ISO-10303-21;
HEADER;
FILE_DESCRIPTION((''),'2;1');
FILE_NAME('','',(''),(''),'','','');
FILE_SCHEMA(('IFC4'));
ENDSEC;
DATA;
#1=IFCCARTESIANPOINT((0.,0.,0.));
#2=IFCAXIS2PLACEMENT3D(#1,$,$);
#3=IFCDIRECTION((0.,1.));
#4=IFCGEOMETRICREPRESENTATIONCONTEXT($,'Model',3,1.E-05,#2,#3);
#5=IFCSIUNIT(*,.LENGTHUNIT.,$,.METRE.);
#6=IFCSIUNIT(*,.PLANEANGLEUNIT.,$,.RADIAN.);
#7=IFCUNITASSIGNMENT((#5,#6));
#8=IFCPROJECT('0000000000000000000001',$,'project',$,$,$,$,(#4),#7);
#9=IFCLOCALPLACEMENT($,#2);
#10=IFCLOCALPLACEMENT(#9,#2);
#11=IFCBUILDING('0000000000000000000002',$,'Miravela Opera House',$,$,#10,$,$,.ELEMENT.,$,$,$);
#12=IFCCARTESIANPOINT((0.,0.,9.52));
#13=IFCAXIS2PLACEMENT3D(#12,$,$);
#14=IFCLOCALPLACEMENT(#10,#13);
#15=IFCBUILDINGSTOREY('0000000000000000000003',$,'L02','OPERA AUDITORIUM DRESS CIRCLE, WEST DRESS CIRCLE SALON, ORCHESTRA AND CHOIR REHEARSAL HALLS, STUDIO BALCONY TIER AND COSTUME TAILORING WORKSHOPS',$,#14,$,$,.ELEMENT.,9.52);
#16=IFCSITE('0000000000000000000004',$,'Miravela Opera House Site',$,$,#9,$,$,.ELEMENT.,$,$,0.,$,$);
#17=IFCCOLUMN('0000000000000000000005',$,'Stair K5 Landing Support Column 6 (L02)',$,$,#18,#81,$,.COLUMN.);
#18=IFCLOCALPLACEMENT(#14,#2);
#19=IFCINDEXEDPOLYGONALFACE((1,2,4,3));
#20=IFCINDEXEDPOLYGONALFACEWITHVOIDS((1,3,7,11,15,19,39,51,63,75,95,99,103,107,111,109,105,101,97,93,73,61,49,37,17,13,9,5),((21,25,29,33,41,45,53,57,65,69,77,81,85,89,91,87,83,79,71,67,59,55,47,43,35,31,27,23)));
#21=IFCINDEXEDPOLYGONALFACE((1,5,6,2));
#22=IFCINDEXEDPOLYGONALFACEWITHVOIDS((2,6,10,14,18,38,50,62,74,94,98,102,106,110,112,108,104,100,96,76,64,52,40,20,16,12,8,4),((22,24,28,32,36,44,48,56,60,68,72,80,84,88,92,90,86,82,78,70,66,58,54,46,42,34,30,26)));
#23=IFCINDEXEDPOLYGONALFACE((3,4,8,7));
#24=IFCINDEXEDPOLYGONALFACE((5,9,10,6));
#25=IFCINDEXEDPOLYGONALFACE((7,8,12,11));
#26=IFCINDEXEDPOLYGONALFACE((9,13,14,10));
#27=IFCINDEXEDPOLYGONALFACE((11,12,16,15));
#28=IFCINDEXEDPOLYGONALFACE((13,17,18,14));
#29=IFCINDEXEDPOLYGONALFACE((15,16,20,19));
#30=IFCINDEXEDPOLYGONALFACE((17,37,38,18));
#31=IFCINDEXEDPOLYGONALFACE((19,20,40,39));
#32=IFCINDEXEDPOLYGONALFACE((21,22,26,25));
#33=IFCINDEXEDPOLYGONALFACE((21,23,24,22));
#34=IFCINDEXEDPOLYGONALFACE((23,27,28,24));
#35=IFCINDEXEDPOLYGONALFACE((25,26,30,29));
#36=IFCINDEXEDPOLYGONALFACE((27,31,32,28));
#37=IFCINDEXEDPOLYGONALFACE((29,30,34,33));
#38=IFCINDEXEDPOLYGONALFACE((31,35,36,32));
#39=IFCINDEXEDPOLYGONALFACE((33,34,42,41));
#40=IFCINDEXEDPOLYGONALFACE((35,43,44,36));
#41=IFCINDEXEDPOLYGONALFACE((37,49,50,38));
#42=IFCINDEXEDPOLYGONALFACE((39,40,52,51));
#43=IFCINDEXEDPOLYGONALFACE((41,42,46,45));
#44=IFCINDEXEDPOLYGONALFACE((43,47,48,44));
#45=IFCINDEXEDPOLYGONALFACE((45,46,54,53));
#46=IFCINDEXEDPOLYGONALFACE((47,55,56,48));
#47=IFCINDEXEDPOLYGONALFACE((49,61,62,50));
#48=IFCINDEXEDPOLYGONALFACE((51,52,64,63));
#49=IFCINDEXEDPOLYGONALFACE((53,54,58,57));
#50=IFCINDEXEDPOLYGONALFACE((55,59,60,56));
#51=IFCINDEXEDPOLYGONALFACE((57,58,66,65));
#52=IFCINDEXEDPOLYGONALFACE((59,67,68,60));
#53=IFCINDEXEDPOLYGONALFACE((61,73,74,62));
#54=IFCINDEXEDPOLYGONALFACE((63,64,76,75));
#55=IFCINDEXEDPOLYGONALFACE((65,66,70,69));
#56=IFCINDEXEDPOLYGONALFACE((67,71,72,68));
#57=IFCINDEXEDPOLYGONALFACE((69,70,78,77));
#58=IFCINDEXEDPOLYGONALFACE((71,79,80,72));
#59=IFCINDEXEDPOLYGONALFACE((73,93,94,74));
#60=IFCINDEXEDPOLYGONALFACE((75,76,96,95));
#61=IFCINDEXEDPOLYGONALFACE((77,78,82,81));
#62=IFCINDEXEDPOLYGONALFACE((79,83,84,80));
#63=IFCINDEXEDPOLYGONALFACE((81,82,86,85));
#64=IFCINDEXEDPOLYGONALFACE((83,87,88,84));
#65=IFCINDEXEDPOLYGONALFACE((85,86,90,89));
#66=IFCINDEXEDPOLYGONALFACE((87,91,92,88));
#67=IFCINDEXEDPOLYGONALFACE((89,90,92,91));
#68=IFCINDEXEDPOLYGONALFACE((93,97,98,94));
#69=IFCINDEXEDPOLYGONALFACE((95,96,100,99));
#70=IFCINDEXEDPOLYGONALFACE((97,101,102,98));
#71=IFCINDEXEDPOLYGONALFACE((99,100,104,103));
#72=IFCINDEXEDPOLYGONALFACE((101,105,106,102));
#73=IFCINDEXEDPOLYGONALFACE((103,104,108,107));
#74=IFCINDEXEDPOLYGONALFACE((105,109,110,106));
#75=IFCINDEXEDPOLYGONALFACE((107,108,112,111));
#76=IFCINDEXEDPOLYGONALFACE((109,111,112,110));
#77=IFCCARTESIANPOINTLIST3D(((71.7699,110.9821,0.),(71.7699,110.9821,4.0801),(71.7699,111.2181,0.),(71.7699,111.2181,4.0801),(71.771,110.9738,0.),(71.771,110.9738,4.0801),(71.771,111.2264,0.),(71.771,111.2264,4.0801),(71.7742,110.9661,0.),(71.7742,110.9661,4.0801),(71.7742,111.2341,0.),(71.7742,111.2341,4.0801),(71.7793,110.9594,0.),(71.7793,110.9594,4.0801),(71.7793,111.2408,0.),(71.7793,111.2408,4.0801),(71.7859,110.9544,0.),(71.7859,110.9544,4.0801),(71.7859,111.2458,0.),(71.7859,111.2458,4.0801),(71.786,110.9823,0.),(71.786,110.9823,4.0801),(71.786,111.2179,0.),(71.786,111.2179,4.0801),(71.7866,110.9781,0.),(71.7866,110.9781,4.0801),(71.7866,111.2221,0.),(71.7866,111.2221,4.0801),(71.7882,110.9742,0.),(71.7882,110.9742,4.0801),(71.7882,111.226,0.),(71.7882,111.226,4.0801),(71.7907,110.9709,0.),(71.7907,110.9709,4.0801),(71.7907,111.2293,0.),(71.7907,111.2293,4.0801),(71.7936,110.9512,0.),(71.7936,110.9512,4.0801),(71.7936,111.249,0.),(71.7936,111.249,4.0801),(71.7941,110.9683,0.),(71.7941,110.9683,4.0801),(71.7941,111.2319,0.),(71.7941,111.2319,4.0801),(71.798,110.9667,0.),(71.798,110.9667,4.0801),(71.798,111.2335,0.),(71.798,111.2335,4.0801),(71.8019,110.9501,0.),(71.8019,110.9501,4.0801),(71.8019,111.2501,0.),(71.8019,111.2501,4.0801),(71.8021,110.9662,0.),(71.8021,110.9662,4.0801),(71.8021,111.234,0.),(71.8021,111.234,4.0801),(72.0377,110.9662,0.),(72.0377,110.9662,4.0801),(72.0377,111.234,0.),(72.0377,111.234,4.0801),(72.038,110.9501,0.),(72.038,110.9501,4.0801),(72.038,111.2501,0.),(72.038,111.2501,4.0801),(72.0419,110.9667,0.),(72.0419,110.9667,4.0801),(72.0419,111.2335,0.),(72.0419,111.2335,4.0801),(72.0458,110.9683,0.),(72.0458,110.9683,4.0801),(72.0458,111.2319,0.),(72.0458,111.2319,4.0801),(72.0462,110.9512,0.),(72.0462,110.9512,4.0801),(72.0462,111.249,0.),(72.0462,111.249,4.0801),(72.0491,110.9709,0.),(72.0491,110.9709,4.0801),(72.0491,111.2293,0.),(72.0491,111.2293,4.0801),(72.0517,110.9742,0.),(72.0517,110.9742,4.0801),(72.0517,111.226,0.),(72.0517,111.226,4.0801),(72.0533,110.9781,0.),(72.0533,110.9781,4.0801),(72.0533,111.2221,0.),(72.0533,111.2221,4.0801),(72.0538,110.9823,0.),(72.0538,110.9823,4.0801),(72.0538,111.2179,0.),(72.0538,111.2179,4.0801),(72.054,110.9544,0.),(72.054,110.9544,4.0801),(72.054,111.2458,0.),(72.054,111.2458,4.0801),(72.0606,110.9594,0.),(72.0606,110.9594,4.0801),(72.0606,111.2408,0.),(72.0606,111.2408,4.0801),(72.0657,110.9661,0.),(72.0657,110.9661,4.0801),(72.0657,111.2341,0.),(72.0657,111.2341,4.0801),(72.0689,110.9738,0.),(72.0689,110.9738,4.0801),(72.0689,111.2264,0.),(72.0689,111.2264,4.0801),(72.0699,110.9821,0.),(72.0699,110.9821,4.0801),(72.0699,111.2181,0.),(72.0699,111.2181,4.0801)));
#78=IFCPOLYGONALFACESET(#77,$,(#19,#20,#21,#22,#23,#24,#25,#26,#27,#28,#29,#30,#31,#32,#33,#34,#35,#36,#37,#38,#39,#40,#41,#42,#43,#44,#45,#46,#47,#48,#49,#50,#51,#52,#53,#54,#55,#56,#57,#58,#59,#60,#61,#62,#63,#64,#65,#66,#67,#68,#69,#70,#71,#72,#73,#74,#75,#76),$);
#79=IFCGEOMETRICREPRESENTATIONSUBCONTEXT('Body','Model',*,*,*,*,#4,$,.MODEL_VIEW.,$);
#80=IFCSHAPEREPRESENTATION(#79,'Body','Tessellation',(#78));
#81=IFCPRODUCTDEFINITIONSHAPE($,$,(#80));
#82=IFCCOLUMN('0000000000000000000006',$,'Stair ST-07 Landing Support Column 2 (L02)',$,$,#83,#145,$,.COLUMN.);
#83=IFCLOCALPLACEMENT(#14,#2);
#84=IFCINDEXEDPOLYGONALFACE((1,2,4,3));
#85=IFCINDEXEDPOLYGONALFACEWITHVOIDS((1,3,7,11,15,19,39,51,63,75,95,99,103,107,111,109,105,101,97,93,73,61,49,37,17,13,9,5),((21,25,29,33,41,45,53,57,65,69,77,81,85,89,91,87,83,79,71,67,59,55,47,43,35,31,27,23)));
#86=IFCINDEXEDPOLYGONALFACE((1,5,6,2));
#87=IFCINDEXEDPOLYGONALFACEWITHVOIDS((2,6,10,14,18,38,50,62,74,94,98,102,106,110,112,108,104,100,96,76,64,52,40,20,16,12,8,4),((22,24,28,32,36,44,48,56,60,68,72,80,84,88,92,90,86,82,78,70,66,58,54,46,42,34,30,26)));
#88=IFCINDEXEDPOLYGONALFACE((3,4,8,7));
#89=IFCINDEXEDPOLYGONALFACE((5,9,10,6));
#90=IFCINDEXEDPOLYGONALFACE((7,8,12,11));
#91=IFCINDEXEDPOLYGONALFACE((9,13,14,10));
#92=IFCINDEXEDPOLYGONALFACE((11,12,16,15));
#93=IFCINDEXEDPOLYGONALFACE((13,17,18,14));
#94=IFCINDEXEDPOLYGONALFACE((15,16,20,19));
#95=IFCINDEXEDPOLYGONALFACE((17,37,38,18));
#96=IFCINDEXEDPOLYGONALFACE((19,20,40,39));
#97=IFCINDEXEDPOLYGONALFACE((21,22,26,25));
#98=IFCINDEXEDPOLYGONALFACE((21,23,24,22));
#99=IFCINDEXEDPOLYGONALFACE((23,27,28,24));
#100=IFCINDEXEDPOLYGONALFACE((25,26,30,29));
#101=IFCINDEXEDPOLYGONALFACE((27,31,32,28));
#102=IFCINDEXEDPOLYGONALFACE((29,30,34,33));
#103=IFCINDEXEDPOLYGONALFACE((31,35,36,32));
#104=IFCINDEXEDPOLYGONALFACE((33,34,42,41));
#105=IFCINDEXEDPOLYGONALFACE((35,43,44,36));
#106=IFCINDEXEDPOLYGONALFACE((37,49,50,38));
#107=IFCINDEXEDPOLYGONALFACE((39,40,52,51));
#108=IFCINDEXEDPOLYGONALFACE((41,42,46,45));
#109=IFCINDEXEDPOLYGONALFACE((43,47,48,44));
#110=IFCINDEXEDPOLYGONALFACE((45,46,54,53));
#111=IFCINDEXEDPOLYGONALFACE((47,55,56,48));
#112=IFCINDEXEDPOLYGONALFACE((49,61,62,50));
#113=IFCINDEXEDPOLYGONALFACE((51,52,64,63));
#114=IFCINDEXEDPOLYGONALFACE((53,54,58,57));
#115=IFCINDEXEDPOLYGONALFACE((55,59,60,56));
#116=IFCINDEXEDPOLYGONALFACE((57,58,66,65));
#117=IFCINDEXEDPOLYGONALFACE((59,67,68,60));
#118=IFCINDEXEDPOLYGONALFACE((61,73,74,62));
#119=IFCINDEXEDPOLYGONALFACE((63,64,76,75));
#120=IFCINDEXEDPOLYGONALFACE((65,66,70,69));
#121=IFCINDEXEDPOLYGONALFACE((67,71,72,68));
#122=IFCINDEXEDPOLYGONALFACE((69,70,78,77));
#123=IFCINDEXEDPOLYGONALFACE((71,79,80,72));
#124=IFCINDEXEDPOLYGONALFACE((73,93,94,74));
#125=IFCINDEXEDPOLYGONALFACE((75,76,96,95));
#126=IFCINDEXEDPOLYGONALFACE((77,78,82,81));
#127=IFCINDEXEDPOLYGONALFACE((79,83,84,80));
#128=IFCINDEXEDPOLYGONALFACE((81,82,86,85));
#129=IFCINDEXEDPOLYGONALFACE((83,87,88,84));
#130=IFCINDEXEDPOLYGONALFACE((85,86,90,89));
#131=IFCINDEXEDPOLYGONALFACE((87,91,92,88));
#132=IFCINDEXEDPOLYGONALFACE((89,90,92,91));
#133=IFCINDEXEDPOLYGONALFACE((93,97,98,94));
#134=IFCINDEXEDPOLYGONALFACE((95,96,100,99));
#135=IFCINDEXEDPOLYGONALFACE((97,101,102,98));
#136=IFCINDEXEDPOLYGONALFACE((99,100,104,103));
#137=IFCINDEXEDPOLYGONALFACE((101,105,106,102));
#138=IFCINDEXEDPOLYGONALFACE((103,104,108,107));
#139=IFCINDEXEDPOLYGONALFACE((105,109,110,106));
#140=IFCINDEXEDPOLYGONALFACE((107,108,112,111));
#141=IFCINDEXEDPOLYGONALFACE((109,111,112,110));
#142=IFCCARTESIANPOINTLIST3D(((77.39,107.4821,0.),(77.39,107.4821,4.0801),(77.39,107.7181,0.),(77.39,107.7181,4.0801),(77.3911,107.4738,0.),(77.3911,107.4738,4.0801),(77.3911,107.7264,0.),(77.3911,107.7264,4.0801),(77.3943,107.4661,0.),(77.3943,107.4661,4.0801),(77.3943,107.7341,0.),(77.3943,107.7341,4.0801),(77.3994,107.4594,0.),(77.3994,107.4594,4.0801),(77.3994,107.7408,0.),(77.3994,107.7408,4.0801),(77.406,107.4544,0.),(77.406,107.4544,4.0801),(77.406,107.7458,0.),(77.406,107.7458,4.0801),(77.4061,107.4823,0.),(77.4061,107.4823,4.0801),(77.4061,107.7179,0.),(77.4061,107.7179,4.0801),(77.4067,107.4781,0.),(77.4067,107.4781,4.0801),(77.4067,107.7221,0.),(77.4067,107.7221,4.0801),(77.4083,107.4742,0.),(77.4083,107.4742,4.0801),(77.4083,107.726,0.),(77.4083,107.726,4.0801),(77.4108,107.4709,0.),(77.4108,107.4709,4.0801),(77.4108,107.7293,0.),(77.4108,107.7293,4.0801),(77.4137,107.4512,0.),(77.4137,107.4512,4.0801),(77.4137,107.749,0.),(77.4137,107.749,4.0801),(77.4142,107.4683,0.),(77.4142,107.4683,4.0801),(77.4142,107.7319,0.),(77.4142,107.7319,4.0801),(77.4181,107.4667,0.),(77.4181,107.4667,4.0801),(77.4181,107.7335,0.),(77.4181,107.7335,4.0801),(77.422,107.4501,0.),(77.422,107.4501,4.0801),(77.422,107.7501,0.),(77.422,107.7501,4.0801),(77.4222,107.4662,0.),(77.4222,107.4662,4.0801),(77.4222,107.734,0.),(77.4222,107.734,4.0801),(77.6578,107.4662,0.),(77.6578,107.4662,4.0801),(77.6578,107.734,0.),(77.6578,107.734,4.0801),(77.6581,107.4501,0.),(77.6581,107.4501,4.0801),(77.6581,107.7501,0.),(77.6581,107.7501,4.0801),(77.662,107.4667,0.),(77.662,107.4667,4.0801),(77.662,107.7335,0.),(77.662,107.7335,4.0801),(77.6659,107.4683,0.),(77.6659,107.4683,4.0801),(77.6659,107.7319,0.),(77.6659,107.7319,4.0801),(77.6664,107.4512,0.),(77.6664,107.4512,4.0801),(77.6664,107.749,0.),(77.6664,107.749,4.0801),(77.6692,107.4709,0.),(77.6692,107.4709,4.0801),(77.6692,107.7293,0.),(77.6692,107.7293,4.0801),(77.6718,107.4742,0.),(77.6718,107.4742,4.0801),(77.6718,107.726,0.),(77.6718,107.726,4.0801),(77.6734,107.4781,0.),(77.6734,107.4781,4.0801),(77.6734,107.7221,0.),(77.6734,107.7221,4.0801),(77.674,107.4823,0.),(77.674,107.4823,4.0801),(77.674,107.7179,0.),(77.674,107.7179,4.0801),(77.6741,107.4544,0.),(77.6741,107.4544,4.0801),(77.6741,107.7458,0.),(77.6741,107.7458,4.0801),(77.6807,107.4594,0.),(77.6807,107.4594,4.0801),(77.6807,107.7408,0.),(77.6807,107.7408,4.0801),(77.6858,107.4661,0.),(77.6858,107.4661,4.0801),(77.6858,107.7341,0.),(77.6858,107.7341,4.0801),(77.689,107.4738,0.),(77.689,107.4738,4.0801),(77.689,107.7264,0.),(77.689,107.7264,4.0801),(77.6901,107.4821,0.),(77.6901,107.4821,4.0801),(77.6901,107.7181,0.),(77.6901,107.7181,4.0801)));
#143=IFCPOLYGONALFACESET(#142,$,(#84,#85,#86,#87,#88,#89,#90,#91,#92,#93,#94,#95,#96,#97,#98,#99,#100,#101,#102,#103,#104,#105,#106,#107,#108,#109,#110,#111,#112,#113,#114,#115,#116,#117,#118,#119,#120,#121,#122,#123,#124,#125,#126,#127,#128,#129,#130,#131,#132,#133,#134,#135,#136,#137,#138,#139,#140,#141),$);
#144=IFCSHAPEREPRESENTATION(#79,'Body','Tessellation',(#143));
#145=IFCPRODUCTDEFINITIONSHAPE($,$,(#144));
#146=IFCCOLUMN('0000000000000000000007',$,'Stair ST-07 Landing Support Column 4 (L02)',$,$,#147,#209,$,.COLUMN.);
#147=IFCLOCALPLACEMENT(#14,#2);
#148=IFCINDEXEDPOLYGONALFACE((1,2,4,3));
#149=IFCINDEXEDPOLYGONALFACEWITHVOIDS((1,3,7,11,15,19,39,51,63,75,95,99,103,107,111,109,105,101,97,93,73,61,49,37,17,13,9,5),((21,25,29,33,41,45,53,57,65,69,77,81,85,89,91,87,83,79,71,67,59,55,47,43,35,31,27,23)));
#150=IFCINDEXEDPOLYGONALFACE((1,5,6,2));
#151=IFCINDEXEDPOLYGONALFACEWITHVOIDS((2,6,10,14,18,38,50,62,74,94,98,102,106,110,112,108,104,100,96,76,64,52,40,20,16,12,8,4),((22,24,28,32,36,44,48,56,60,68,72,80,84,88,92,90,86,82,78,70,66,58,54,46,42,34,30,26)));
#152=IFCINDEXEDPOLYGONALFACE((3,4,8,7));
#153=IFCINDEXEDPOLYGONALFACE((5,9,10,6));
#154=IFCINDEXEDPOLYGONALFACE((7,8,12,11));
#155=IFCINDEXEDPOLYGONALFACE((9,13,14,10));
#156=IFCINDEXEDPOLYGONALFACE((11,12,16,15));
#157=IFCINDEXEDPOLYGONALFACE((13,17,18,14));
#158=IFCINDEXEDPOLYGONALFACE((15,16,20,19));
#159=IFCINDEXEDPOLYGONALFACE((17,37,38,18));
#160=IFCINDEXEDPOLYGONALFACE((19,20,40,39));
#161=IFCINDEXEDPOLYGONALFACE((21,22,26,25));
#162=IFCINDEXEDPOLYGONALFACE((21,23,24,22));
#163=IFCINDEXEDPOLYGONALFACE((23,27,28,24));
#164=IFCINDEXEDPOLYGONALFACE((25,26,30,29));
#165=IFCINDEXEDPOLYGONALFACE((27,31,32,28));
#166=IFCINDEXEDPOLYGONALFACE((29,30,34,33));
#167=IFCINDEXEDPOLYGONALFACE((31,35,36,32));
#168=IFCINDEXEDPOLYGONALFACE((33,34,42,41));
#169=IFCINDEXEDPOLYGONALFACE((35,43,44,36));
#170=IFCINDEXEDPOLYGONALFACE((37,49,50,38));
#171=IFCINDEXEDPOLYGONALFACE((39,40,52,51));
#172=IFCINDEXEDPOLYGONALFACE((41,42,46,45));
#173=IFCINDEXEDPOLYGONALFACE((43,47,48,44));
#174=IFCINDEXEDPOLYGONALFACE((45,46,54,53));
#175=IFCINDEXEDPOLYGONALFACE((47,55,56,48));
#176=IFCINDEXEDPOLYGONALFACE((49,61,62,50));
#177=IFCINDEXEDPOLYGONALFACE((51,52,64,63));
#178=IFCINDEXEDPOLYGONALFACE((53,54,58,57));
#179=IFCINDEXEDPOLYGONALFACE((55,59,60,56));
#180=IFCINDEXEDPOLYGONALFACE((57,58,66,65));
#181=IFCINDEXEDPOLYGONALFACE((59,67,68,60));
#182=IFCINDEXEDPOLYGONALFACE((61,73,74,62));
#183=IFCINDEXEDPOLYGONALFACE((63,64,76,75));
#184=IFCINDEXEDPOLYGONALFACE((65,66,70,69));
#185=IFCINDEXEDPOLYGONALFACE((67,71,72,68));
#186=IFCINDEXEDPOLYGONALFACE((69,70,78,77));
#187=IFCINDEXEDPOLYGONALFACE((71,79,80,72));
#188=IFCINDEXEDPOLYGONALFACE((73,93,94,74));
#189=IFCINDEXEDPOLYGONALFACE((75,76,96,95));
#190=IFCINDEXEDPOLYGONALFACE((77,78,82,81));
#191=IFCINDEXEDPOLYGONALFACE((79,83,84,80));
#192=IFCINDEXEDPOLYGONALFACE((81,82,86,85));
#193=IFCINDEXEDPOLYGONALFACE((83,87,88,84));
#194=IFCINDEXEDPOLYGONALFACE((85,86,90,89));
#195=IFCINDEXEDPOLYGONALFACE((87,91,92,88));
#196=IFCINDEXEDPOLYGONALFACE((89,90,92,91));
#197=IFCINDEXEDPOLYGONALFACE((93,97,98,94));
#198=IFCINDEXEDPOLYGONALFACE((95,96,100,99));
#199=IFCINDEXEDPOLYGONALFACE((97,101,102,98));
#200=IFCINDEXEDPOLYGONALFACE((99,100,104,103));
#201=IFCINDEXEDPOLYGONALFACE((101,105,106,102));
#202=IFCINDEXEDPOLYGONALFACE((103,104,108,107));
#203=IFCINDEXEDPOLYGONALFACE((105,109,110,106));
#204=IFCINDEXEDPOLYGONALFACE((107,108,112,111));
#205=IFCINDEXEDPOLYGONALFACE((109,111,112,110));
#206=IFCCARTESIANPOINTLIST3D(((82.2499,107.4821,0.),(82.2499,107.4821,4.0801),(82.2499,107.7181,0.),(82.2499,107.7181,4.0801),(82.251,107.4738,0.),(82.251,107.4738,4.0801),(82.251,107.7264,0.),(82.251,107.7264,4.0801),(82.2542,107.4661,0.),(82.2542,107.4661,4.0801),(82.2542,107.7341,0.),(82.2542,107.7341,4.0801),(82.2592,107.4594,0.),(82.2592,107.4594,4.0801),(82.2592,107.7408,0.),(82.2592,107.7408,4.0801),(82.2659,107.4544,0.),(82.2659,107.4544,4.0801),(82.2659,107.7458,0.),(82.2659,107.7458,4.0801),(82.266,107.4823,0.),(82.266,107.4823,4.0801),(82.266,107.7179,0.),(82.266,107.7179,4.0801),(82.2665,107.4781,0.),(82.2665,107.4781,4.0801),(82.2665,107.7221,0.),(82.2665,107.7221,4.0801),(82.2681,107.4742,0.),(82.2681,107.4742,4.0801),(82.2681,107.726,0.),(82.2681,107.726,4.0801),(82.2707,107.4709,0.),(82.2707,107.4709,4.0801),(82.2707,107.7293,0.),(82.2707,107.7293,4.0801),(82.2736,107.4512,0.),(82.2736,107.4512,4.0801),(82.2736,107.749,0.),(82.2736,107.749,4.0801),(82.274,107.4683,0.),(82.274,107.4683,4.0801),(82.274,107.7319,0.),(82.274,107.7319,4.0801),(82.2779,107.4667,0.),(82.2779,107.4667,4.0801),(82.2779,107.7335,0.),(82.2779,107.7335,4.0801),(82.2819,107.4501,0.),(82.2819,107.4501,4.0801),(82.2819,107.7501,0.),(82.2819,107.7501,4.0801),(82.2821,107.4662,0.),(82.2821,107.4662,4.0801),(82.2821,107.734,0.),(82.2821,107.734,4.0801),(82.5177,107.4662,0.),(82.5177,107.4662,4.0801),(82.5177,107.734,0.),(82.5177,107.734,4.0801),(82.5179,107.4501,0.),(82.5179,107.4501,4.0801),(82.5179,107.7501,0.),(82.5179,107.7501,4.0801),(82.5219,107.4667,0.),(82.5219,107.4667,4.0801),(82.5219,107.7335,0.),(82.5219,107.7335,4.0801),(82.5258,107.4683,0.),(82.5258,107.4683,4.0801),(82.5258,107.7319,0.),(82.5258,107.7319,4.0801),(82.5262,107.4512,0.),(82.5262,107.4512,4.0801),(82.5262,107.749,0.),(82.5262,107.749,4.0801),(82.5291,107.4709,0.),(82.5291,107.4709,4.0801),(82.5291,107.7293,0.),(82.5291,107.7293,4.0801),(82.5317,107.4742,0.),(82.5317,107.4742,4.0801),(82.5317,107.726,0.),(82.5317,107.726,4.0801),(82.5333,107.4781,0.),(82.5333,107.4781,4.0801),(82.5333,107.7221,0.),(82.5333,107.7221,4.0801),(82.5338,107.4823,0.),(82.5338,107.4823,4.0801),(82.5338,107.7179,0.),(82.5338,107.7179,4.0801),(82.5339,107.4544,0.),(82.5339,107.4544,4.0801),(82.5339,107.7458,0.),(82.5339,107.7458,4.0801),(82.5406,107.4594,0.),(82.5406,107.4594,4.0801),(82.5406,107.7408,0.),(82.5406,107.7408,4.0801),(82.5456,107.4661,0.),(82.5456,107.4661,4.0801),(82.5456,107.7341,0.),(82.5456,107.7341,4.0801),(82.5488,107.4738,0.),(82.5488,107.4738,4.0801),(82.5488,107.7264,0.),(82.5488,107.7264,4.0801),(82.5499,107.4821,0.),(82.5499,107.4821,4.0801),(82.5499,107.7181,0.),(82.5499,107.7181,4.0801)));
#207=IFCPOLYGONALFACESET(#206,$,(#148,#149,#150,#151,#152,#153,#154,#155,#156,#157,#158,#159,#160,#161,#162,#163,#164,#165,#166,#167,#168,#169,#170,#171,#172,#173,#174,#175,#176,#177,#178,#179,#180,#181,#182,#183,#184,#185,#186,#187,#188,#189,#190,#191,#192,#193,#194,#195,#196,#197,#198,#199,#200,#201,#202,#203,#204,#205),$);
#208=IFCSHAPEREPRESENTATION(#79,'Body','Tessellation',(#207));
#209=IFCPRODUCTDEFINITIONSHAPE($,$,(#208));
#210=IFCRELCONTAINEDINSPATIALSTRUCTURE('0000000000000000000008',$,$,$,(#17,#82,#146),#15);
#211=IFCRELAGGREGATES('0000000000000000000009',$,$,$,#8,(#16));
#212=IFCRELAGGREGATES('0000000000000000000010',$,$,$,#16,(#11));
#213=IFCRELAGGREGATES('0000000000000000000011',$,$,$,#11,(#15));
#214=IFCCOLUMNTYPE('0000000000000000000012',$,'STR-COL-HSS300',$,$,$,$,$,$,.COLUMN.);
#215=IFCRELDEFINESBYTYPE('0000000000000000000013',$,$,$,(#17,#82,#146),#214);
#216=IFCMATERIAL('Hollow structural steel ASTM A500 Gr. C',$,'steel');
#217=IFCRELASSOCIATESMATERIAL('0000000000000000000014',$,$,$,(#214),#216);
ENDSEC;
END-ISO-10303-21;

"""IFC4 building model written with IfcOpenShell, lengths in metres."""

from ifc_helpers import new_model, si_unit, direction, frame, origin, origin_2d, place, context, subcontext, project, spatial, hollow_rectangle, extrude, material, material_profile, profile_set, type_object, element, save


model = new_model("IFC4")

# Units and contexts
model_context = context("Model", 3, precision=1e-05, world=origin(), true_north=direction((0.0, 1.0)))
body_context = subcontext(model_context, "Body", "Model", "MODEL_VIEW")
ifc_project = project(units=[si_unit("LENGTHUNIT", "METRE"), si_unit("PLANEANGLEUNIT", "RADIAN")], contexts=[model_context])

# Site, building, storey
site_placement = place(None, origin())
site = spatial("IfcSite", under=ifc_project, at=site_placement, Name="Miravela Opera House Site", CompositionType="ELEMENT", RefElevation=0.0)
building_placement = place(site_placement, origin())
building = spatial("IfcBuilding", under=site, at=building_placement, Name="Miravela Opera House", CompositionType="ELEMENT")
storey_placement = place(building_placement, frame((0.0, 0.0, 9.52)))
storey = spatial("IfcBuildingStorey", under=building, at=storey_placement, Name="L02", Description="OPERA AUDITORIUM DRESS CIRCLE, WEST DRESS CIRCLE SALON, ORCHESTRA AND CHOIR REHEARSAL HALLS, STUDIO BALCONY TIER AND COSTUME TAILORING WORKSHOPS", CompositionType="ELEMENT", Elevation=9.52)

# Columns
ifc_material_1 = material(Name="Hollow structural steel ASTM A500 Gr. C", Category="steel")
ifc_material_profile_1 = material_profile(ifc_material_1, hollow_rectangle(XDim=0.3, YDim=0.3, WallThickness=0.0161, InnerFilletRadius=0.0161, OuterFilletRadius=0.032, at=origin_2d()), Name="HSS300X300X16")
ifc_profile_set_1 = profile_set([ifc_material_profile_1])
column_type_1 = type_object("IfcColumnType", Name="STR-COL-HSS300", PredefinedType="COLUMN", material=ifc_profile_set_1)
for number, where, z_axis, x_axis, name in (
    (1, (71.9199, 111.1001, 0.0), (0.0, 0.0, 1.0), (1.0, 0.0, 0.0), "Stair K5 Landing Support Column 6 (L02)"),
    (2, (77.54, 107.6001, 0.0), (0.0, 0.0, 1.0), (1.0, 0.0, 0.0), "Stair ST-07 Landing Support Column 2 (L02)"),
    (3, (82.3999, 107.6001, 0.0), (0.0, 0.0, 1.0), (1.0, 0.0, 0.0), "Stair ST-07 Landing Support Column 4 (L02)"),
):
    element("IfcColumn", number, at=place(storey_placement, frame(where, z_axis=z_axis, x_axis=x_axis)), inside=storey, type_object=column_type_1, Name=name, PredefinedType="COLUMN", context=body_context, shape_type="SweptSolid", body=[
        extrude(hollow_rectangle(XDim=0.3, YDim=0.3, WallThickness=0.0161, InnerFilletRadius=0.0161, OuterFilletRadius=0.032, at=origin_2d()), origin(), (0.0, 0.0, 1.0), 4.0801),
    ])

save(model, "model.ifc")
